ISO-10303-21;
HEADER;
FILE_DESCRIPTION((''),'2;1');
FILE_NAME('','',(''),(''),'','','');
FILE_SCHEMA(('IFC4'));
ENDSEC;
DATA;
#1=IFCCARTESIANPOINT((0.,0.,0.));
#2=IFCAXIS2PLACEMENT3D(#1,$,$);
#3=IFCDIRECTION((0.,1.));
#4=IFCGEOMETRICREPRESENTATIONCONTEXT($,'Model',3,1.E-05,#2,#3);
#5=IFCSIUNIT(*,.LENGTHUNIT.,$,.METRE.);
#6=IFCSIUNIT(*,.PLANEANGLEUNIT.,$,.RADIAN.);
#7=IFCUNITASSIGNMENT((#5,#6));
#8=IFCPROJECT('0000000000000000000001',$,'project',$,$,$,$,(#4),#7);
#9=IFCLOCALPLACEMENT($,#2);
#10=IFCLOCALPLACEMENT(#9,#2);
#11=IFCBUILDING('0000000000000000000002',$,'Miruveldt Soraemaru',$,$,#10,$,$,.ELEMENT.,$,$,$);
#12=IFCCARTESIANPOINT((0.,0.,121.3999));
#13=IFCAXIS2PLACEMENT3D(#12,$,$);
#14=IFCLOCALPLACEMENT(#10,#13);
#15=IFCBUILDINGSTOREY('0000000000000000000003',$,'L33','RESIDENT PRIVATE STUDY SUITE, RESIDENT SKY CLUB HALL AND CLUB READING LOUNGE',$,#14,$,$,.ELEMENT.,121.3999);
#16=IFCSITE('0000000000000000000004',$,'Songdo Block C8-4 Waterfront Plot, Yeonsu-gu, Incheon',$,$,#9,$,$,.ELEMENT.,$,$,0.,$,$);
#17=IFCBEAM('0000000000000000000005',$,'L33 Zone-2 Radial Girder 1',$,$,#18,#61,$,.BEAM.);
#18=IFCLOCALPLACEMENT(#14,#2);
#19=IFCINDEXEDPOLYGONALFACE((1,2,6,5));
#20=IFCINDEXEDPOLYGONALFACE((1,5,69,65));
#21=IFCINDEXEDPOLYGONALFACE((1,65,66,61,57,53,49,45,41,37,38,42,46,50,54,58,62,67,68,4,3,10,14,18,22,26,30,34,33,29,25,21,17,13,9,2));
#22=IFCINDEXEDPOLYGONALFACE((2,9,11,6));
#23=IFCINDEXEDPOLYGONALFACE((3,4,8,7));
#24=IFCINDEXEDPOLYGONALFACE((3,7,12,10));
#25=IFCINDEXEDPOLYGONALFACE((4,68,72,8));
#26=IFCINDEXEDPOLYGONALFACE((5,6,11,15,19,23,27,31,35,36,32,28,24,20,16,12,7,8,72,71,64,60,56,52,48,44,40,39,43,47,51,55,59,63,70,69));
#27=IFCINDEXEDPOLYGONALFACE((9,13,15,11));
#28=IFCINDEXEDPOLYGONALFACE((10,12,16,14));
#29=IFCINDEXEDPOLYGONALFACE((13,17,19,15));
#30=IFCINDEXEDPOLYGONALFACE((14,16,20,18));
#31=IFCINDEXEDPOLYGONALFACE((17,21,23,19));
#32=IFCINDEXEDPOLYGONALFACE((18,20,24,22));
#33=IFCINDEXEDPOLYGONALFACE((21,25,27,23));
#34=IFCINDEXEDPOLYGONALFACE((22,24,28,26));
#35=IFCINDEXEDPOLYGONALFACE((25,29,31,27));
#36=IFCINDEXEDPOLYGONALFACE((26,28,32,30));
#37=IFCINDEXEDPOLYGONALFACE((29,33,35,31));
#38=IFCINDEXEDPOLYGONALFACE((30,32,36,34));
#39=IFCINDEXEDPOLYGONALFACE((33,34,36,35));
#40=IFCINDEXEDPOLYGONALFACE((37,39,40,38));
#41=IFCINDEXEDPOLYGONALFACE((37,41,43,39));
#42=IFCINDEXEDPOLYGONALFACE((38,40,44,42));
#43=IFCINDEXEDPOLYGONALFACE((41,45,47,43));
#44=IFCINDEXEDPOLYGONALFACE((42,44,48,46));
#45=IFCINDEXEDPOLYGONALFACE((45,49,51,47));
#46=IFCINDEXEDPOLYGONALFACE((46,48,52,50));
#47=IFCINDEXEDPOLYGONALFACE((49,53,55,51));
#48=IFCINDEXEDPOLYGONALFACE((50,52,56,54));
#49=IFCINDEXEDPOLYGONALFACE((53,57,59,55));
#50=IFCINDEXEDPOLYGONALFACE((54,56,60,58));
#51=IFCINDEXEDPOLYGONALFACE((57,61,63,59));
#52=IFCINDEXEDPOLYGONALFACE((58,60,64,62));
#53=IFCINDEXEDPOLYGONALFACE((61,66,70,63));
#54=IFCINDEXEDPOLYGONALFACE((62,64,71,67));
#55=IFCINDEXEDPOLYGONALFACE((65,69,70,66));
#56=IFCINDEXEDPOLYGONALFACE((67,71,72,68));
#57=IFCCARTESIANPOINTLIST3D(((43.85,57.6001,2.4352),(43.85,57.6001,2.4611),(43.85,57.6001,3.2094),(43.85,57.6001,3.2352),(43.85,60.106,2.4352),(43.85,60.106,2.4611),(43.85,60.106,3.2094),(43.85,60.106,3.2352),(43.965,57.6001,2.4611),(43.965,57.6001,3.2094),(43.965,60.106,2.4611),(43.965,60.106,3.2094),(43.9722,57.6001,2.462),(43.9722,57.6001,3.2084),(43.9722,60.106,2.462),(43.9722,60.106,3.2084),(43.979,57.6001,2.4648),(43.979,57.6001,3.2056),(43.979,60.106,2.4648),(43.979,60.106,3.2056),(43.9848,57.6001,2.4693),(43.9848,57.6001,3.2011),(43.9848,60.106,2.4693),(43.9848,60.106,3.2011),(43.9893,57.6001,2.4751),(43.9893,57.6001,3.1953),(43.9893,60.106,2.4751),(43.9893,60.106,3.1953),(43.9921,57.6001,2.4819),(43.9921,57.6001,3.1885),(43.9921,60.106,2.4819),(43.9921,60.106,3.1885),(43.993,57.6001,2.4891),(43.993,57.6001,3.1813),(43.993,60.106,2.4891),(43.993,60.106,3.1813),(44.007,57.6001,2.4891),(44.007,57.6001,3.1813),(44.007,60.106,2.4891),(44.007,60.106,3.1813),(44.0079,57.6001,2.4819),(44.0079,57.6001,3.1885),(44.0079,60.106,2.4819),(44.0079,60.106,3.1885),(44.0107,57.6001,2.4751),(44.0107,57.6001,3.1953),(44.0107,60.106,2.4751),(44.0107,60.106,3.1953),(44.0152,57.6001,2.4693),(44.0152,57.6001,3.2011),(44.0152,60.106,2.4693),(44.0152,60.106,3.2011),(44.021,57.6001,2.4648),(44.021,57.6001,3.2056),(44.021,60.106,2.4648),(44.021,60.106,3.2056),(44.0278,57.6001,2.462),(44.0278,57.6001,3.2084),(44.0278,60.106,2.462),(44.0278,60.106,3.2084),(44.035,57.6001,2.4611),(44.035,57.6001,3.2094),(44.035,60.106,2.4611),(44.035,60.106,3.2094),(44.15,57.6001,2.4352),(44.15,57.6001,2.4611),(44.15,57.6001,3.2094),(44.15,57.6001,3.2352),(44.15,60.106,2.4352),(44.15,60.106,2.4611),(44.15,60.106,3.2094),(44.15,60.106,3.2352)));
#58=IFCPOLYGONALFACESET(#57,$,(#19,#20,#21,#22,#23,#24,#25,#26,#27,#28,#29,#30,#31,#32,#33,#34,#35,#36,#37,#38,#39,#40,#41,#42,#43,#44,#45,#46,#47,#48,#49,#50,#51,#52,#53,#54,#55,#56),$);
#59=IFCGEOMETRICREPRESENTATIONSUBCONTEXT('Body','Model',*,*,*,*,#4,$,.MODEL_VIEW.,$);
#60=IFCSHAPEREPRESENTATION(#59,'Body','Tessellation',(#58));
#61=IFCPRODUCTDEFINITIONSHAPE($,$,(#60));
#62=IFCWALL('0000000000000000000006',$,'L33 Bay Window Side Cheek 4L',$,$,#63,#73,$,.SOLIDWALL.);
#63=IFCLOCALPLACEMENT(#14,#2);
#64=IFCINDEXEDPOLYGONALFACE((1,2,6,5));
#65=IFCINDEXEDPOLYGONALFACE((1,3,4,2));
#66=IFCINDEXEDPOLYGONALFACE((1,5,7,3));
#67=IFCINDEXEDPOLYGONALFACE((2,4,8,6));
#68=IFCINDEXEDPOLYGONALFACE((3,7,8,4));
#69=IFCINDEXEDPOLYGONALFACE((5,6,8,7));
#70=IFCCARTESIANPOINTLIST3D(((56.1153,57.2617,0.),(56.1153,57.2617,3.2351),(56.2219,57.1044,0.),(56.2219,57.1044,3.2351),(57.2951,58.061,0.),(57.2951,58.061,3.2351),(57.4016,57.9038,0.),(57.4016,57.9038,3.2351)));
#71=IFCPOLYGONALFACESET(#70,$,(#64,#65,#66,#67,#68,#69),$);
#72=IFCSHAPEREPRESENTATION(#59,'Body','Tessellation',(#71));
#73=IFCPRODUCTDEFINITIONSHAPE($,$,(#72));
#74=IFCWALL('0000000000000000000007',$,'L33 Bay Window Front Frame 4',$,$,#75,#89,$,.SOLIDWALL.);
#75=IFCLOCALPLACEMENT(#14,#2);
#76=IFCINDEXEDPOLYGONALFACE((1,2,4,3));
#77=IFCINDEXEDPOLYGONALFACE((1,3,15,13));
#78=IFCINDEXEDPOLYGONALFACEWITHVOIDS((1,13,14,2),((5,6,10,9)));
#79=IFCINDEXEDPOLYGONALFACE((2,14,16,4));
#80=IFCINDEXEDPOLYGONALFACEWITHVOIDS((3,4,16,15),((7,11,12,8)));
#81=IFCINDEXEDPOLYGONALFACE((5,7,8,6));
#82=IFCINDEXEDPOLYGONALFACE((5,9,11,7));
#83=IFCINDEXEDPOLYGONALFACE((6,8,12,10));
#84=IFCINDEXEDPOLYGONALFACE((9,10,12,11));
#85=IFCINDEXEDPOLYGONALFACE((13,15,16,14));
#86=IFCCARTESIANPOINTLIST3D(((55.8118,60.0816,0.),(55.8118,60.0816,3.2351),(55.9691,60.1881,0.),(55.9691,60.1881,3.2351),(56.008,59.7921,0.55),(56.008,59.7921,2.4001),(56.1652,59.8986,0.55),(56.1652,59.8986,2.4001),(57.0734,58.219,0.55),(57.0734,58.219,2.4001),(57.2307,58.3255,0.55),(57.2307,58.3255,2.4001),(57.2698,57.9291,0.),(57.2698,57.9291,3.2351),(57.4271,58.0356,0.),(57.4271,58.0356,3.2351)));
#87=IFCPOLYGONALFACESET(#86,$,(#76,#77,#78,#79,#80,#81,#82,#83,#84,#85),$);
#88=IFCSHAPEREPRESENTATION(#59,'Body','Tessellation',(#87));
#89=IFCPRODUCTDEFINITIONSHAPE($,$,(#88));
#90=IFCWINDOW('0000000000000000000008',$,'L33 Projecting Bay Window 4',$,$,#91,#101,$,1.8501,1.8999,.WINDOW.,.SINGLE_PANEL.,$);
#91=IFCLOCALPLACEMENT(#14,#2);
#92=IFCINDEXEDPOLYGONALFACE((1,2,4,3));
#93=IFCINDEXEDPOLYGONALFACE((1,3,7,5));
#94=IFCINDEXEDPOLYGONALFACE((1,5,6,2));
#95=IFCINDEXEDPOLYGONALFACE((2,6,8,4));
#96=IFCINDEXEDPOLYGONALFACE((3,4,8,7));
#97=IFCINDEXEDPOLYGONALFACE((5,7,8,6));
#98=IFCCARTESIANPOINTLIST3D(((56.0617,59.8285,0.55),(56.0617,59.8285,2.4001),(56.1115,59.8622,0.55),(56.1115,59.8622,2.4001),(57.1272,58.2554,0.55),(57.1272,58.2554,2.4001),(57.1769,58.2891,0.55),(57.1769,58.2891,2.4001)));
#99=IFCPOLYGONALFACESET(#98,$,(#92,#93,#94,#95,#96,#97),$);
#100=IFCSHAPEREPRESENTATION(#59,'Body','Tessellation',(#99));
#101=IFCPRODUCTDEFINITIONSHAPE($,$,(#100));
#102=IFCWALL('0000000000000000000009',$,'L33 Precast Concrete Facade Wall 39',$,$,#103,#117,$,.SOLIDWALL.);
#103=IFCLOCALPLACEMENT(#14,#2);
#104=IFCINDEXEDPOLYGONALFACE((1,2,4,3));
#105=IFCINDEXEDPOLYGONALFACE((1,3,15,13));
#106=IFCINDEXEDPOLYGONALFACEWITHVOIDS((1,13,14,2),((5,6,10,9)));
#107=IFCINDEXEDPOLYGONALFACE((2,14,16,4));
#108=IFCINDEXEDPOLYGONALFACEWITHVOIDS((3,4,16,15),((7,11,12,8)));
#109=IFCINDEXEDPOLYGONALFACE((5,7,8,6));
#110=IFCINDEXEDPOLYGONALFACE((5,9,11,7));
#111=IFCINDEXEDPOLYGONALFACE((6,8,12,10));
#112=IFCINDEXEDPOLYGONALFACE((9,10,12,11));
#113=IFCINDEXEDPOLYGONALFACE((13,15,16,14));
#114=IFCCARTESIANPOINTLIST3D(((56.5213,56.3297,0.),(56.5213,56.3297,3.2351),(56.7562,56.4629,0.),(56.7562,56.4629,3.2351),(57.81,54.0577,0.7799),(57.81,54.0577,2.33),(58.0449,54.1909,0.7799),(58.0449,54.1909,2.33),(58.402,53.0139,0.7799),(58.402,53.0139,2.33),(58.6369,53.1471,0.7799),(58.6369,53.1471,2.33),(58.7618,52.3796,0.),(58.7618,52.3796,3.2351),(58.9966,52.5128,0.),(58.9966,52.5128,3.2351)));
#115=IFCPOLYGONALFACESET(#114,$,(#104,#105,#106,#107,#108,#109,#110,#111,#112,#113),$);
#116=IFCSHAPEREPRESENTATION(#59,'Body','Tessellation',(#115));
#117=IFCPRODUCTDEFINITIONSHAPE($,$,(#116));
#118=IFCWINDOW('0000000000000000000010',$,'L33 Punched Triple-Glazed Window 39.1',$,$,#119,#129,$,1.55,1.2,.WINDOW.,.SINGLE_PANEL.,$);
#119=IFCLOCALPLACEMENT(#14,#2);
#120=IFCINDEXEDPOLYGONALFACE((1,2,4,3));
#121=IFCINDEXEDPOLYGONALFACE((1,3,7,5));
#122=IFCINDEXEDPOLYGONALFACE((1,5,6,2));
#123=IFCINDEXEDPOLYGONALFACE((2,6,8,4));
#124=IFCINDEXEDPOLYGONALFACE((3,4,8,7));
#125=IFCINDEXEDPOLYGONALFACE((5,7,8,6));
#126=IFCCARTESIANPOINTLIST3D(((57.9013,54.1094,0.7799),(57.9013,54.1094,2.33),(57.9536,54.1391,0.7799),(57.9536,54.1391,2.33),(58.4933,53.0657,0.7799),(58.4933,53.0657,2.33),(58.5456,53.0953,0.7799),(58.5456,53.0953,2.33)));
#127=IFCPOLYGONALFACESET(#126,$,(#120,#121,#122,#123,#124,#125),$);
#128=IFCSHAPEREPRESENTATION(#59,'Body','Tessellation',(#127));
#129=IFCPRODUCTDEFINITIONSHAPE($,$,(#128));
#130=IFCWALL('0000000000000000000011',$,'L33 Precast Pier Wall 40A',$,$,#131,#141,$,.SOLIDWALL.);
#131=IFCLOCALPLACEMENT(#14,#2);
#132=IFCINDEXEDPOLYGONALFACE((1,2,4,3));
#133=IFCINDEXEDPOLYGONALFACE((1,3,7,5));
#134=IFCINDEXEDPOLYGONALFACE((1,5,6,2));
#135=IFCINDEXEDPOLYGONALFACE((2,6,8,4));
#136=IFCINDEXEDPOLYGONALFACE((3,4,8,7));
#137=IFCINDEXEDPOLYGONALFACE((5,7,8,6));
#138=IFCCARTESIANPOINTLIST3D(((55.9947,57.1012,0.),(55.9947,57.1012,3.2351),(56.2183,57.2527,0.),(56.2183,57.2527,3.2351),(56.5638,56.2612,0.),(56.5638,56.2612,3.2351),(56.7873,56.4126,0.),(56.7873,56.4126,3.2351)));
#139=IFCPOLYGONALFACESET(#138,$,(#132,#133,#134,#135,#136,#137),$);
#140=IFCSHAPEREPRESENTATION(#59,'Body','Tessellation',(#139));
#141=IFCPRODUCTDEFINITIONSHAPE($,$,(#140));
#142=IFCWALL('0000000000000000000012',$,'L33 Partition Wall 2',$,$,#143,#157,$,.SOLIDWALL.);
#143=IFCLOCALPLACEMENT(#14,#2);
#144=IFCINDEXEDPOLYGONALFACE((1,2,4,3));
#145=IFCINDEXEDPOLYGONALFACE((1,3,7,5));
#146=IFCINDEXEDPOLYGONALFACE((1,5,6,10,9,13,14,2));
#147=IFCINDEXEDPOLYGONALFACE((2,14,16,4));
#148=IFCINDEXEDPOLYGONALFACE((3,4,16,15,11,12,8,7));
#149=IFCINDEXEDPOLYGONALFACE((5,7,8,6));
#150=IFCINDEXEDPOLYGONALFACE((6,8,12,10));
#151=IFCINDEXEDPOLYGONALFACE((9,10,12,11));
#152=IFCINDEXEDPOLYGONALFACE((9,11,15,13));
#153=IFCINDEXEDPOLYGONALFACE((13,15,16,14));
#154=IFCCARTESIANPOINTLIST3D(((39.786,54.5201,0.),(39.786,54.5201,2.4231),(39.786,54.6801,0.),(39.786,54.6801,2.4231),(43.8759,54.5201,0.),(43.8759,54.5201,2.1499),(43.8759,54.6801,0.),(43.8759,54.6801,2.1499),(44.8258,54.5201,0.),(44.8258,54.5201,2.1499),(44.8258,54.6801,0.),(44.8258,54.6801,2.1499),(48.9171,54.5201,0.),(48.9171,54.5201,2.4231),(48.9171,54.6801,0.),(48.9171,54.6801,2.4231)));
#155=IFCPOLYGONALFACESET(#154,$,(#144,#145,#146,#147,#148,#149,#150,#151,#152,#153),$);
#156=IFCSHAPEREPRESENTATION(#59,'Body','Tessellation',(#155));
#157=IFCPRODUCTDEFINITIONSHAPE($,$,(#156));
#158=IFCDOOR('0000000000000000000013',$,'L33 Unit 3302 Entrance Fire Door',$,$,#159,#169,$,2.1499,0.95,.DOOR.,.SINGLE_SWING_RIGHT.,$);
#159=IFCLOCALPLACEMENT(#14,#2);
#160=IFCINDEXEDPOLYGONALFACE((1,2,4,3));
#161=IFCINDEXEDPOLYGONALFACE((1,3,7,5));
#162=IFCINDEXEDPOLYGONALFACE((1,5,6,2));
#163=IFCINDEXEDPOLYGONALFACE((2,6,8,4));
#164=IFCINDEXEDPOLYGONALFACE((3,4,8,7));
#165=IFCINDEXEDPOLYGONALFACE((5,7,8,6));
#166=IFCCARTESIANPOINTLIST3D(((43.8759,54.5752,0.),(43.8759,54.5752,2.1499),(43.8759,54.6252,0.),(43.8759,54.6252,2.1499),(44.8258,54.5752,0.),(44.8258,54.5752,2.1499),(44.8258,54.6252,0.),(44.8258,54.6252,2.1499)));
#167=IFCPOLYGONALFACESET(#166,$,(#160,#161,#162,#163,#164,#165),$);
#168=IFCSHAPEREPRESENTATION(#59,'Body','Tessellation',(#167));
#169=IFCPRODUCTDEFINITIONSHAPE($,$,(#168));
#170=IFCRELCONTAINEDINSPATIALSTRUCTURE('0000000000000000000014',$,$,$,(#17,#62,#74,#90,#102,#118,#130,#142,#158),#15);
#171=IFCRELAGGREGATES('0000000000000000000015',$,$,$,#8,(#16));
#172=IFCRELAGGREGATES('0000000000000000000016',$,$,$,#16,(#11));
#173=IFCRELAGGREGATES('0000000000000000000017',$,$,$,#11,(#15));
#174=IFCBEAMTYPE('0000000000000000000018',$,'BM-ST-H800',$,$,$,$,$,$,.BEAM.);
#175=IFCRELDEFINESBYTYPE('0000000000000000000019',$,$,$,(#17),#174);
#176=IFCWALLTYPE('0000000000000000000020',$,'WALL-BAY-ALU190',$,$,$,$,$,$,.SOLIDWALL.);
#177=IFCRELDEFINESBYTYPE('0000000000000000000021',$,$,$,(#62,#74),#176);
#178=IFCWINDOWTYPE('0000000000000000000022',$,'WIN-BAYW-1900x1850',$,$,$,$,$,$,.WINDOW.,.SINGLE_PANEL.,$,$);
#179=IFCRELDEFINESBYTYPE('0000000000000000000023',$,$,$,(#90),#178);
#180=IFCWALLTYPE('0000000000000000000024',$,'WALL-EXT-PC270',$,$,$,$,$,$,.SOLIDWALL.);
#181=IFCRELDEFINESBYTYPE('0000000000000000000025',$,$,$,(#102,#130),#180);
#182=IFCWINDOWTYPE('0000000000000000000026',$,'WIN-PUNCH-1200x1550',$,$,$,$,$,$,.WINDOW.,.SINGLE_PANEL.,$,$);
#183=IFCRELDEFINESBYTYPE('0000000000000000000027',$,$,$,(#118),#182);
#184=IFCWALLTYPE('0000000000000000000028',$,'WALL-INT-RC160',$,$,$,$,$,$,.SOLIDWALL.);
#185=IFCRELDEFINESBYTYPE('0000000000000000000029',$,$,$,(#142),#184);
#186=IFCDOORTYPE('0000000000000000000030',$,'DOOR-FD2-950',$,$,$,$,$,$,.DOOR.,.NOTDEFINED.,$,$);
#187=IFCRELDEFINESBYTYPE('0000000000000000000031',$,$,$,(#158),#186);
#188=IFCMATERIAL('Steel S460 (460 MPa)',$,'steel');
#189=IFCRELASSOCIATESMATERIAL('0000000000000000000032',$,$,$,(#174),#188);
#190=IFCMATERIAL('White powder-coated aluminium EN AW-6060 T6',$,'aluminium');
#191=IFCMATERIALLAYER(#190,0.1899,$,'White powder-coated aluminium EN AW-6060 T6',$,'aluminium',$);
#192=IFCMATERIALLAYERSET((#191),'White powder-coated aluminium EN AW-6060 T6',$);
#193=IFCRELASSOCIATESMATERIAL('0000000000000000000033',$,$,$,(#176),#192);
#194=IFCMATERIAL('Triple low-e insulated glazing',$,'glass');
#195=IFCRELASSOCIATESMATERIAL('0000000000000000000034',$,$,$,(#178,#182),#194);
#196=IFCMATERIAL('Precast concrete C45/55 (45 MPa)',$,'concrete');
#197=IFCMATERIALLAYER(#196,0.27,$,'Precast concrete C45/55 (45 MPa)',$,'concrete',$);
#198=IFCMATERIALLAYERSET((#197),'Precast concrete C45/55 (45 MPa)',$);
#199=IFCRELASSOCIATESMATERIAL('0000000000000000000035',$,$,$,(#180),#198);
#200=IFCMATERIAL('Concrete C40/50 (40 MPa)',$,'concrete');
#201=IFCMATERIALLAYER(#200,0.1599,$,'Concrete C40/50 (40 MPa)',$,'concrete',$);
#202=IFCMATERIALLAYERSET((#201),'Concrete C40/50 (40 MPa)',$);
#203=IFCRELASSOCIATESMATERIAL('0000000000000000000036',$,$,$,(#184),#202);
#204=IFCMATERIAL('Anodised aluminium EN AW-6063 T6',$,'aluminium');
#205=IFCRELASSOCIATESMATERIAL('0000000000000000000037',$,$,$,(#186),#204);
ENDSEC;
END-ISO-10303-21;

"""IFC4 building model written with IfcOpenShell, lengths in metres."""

from ifc_helpers import new_model, si_unit, direction, frame, frame_2d, origin, origin_2d, place, context, subcontext, project, spatial, rectangle, i_section, extrude, material, layer, layer_set, material_profile, profile_set, type_object, element, fill, save


model = new_model("IFC4")

# Units and contexts
model_context = context("Model", 3, precision=1e-05, world=origin(), true_north=direction((0.0, 1.0)))
body_context = subcontext(model_context, "Body", "Model", "MODEL_VIEW")
ifc_project = project(units=[si_unit("LENGTHUNIT", "METRE"), si_unit("PLANEANGLEUNIT", "RADIAN")], contexts=[model_context])

# Site, building, storey
site_placement = place(None, origin())
site = spatial("IfcSite", under=ifc_project, at=site_placement, Name="Songdo Block C8-4 Waterfront Plot, Yeonsu-gu, Incheon", CompositionType="ELEMENT", RefElevation=0.0)
building_placement = place(site_placement, origin())
building = spatial("IfcBuilding", under=site, at=building_placement, Name="Miruveldt Soraemaru", CompositionType="ELEMENT")
storey_placement = place(building_placement, frame((0.0, 0.0, 121.3999)))
storey = spatial("IfcBuildingStorey", under=building, at=storey_placement, Name="L33", Description="RESIDENT PRIVATE STUDY SUITE, RESIDENT SKY CLUB HALL AND CLUB READING LOUNGE", CompositionType="ELEMENT", Elevation=121.3999)

# Beam
ifc_material_1 = material(Name="Steel S460 (460 MPa)", Category="steel")
ifc_material_profile_1 = material_profile(ifc_material_1, i_section(OverallWidth=0.3, OverallDepth=0.8, WebThickness=0.0139, FlangeThickness=0.0259, FilletRadius=0.0281, at=origin_2d()), Name="Steel S460 (460 MPa)", Category="steel")
ifc_profile_set_1 = profile_set([ifc_material_profile_1], Name="Steel S460 (460 MPa)")
beam_type_1 = type_object("IfcBeamType", Name="BM-ST-H800", PredefinedType="BEAM", material=ifc_profile_set_1)
beam_1_placement = place(storey_placement, frame((44.0, 57.6001, 2.8352), z_axis=(0.0, 1.0, 0.0), x_axis=(-1.0, 0.0, 0.0)))
element("IfcBeam", 1, at=beam_1_placement, inside=storey, type_object=beam_type_1, Name="L33 Zone-2 Radial Girder 1", PredefinedType="BEAM", context=body_context, shape_type="SweptSolid", body=[
    extrude(i_section(OverallWidth=0.3, OverallDepth=0.8, WebThickness=0.0139, FlangeThickness=0.0259, FilletRadius=0.0281, at=origin_2d()), origin(), (0.0, 0.0, 1.0), 2.5059),
])

# Wall
ifc_material_2 = material(Name="White powder-coated aluminium EN AW-6060 T6", Category="aluminium")
ifc_layer_1 = layer(ifc_material_2, 0.1899, Name="White powder-coated aluminium EN AW-6060 T6", Category="aluminium")
ifc_layer_set_1 = layer_set([ifc_layer_1], Name="White powder-coated aluminium EN AW-6060 T6")
wall_type_1 = type_object("IfcWallType", Name="WALL-BAY-ALU190", PredefinedType="SOLIDWALL", material=ifc_layer_set_1)
wall_1_placement = place(storey_placement, frame((56.1687, 57.1831, 0.0), z_axis=(0.0, 0.0, 1.0), x_axis=(0.827862, 0.560931, 0.0)))
element("IfcWall", 2, at=wall_1_placement, inside=storey, type_object=wall_type_1, Name="L33 Bay Window Side Cheek 4L", PredefinedType="SOLIDWALL", context=body_context, shape_type="SweptSolid", body=[
    extrude(rectangle(XDim=1.425, YDim=0.1899, at=frame_2d((0.7124, 0.0))), origin(), (0.0, 0.0, 1.0), 3.2351),
])

# Walls, openings, windows
wall_2_placement = place(storey_placement, frame((57.3484, 57.9824, 0.0), z_axis=(0.0, 0.0, 1.0), x_axis=(-0.560796, 0.827954, 0.0)))
wall_2 = element("IfcWall", 3, at=wall_2_placement, inside=storey, type_object=wall_type_1, Name="L33 Bay Window Front Frame 4", PredefinedType="SOLIDWALL", context=body_context, shape_type="SweptSolid", body=[
    extrude(rectangle(XDim=2.5999, YDim=0.1899, at=frame_2d((1.2998, 0.0))), origin(), (0.0, 0.0, 1.0), 3.2351),
])
opening_1_placement = place(wall_2_placement, frame((0.3501, 0.0, 0.55)))
opening_1 = element("IfcOpeningElement", 4, at=opening_1_placement, cuts=wall_2, PredefinedType="OPENING", context=body_context, shape_type="SweptSolid", body=[
    extrude(rectangle(XDim=1.8999, YDim=1.8501, at=frame_2d((0.95, 0.925))), frame((0.0, 0.105, 0.0), z_axis=(0.0, -1.0, 0.0), x_axis=(1.0, 0.0, 0.0)), (0.0, 0.0, 1.0), 0.21),
])
ifc_material_3 = material(Name="Triple low-e insulated glazing", Category="glass")
window_type_1 = type_object("IfcWindowType", Name="WIN-BAYW-1900x1850", PartitioningType="SINGLE_PANEL", PredefinedType="WINDOW", material=ifc_material_3)
window_1_placement = place(opening_1_placement, origin())
window_1 = element("IfcWindow", 5, at=window_1_placement, inside=storey, type_object=window_type_1, Name="L33 Projecting Bay Window 4", OverallHeight=1.8501, OverallWidth=1.8999, PartitioningType="SINGLE_PANEL", PredefinedType="WINDOW", context=body_context, shape_type="SweptSolid", body=[
    extrude(rectangle(XDim=1.8999, YDim=1.8501, at=frame_2d((0.95, 0.925))), frame((0.0, 0.03, 0.0), z_axis=(0.0, -1.0, 0.0), x_axis=(1.0, 0.0, 0.0)), (0.0, 0.0, 1.0), 0.0601),
])
fill(opening_1, window_1)
ifc_material_4 = material(Name="Precast concrete C45/55 (45 MPa)", Category="concrete")
ifc_layer_2 = layer(ifc_material_4, 0.27, Name="Precast concrete C45/55 (45 MPa)", Category="concrete")
ifc_layer_set_2 = layer_set([ifc_layer_2], Name="Precast concrete C45/55 (45 MPa)")
wall_type_2 = type_object("IfcWallType", Name="WALL-EXT-PC270", PredefinedType="SOLIDWALL", material=ifc_layer_set_2)
wall_3_placement = place(storey_placement, frame((58.8792, 52.4463, 0.0), z_axis=(0.0, 0.0, 1.0), x_axis=(-0.493352, 0.86983, 0.0)))
wall_3 = element("IfcWall", 6, at=wall_3_placement, inside=storey, type_object=wall_type_2, Name="L33 Precast Concrete Facade Wall 39", PredefinedType="SOLIDWALL", context=body_context, shape_type="SweptSolid", body=[
    extrude(rectangle(XDim=4.5413, YDim=0.27, at=frame_2d((2.2705, 0.0))), origin(), (0.0, 0.0, 1.0), 3.2351),
])
opening_2_placement = place(wall_3_placement, frame((0.729, 0.0, 0.78)))
opening_2 = element("IfcOpeningElement", 7, at=opening_2_placement, cuts=wall_3, PredefinedType="OPENING", context=body_context, shape_type="SweptSolid", body=[
    extrude(rectangle(XDim=1.2, YDim=1.55, at=frame_2d((0.6001, 0.7749))), frame((0.0, 0.145, 0.0), z_axis=(0.0, -1.0, 0.0), x_axis=(1.0, 0.0, 0.0)), (0.0, 0.0, 1.0), 0.29),
])
window_type_2 = type_object("IfcWindowType", Name="WIN-PUNCH-1200x1550", PartitioningType="SINGLE_PANEL", PredefinedType="WINDOW", material=ifc_material_3)
window_2_placement = place(opening_2_placement, origin())
window_2 = element("IfcWindow", 8, at=window_2_placement, inside=storey, type_object=window_type_2, Name="L33 Punched Triple-Glazed Window 39.1", OverallHeight=1.55, OverallWidth=1.2, PartitioningType="SINGLE_PANEL", PredefinedType="WINDOW", context=body_context, shape_type="SweptSolid", body=[
    extrude(rectangle(XDim=1.2, YDim=1.55, at=frame_2d((0.6001, 0.7749))), frame((0.0, 0.03, 0.0), z_axis=(0.0, -1.0, 0.0), x_axis=(1.0, 0.0, 0.0)), (0.0, 0.0, 1.0), 0.0601),
])
fill(opening_2, window_2)

# Wall
wall_4_placement = place(storey_placement, frame((56.6755, 56.3369, 0.0), z_axis=(0.0, 0.0, 1.0), x_axis=(-0.560848, 0.827919, 0.0)))
element("IfcWall", 9, at=wall_4_placement, inside=storey, type_object=wall_type_2, Name="L33 Precast Pier Wall 40A", PredefinedType="SOLIDWALL", context=body_context, shape_type="SweptSolid", body=[
    extrude(rectangle(XDim=1.0146, YDim=0.27, at=frame_2d((0.5073, 0.0))), origin(), (0.0, 0.0, 1.0), 3.2351),
])

# Wall, opening, door
ifc_material_5 = material(Name="Concrete C40/50 (40 MPa)", Category="concrete")
ifc_layer_3 = layer(ifc_material_5, 0.1599, Name="Concrete C40/50 (40 MPa)", Category="concrete")
ifc_layer_set_3 = layer_set([ifc_layer_3], Name="Concrete C40/50 (40 MPa)")
wall_type_3 = type_object("IfcWallType", Name="WALL-INT-RC160", PredefinedType="SOLIDWALL", material=ifc_layer_set_3)
wall_5_placement = place(storey_placement, frame((48.917, 54.6001, 0.0), z_axis=(0.0, 0.0, 1.0), x_axis=(-1.0, 0.0, 0.0)))
wall_5 = element("IfcWall", 10, at=wall_5_placement, inside=storey, type_object=wall_type_3, Name="L33 Partition Wall 2", PredefinedType="SOLIDWALL", context=body_context, shape_type="SweptSolid", body=[
    extrude(rectangle(XDim=9.1311, YDim=0.1599, at=frame_2d((4.5654, 0.0))), origin(), (0.0, 0.0, 1.0), 2.4231),
])
opening_3_placement = place(wall_5_placement, frame((4.0911, 0.0, 0.0)))
opening_3 = element("IfcOpeningElement", 11, at=opening_3_placement, cuts=wall_5, PredefinedType="OPENING", context=body_context, shape_type="SweptSolid", body=[
    extrude(rectangle(XDim=0.95, YDim=2.1499, at=frame_2d((0.4751, 1.075))), frame((0.0, 0.0898, 0.0), z_axis=(0.0, -1.0, 0.0), x_axis=(1.0, 0.0, 0.0)), (0.0, 0.0, 1.0), 0.1799),
])
ifc_material_6 = material(Name="Anodised aluminium EN AW-6063 T6", Category="aluminium")
door_type = type_object("IfcDoorType", Name="DOOR-FD2-950", OperationType="NOTDEFINED", PredefinedType="DOOR", material=ifc_material_6)
door_1_placement = place(opening_3_placement, origin())
door_1 = element("IfcDoor", 12, at=door_1_placement, inside=storey, type_object=door_type, Name="L33 Unit 3302 Entrance Fire Door", OperationType="SINGLE_SWING_RIGHT", OverallHeight=2.1499, OverallWidth=0.95, PredefinedType="DOOR", context=body_context, shape_type="SweptSolid", body=[
    extrude(rectangle(XDim=0.95, YDim=2.1499, at=frame_2d((0.4751, 1.075))), frame((0.0, 0.0249, 0.0), z_axis=(0.0, -1.0, 0.0), x_axis=(1.0, 0.0, 0.0)), (0.0, 0.0, 1.0), 0.05),
])
fill(opening_3, door_1)

save(model, "model.ifc")
